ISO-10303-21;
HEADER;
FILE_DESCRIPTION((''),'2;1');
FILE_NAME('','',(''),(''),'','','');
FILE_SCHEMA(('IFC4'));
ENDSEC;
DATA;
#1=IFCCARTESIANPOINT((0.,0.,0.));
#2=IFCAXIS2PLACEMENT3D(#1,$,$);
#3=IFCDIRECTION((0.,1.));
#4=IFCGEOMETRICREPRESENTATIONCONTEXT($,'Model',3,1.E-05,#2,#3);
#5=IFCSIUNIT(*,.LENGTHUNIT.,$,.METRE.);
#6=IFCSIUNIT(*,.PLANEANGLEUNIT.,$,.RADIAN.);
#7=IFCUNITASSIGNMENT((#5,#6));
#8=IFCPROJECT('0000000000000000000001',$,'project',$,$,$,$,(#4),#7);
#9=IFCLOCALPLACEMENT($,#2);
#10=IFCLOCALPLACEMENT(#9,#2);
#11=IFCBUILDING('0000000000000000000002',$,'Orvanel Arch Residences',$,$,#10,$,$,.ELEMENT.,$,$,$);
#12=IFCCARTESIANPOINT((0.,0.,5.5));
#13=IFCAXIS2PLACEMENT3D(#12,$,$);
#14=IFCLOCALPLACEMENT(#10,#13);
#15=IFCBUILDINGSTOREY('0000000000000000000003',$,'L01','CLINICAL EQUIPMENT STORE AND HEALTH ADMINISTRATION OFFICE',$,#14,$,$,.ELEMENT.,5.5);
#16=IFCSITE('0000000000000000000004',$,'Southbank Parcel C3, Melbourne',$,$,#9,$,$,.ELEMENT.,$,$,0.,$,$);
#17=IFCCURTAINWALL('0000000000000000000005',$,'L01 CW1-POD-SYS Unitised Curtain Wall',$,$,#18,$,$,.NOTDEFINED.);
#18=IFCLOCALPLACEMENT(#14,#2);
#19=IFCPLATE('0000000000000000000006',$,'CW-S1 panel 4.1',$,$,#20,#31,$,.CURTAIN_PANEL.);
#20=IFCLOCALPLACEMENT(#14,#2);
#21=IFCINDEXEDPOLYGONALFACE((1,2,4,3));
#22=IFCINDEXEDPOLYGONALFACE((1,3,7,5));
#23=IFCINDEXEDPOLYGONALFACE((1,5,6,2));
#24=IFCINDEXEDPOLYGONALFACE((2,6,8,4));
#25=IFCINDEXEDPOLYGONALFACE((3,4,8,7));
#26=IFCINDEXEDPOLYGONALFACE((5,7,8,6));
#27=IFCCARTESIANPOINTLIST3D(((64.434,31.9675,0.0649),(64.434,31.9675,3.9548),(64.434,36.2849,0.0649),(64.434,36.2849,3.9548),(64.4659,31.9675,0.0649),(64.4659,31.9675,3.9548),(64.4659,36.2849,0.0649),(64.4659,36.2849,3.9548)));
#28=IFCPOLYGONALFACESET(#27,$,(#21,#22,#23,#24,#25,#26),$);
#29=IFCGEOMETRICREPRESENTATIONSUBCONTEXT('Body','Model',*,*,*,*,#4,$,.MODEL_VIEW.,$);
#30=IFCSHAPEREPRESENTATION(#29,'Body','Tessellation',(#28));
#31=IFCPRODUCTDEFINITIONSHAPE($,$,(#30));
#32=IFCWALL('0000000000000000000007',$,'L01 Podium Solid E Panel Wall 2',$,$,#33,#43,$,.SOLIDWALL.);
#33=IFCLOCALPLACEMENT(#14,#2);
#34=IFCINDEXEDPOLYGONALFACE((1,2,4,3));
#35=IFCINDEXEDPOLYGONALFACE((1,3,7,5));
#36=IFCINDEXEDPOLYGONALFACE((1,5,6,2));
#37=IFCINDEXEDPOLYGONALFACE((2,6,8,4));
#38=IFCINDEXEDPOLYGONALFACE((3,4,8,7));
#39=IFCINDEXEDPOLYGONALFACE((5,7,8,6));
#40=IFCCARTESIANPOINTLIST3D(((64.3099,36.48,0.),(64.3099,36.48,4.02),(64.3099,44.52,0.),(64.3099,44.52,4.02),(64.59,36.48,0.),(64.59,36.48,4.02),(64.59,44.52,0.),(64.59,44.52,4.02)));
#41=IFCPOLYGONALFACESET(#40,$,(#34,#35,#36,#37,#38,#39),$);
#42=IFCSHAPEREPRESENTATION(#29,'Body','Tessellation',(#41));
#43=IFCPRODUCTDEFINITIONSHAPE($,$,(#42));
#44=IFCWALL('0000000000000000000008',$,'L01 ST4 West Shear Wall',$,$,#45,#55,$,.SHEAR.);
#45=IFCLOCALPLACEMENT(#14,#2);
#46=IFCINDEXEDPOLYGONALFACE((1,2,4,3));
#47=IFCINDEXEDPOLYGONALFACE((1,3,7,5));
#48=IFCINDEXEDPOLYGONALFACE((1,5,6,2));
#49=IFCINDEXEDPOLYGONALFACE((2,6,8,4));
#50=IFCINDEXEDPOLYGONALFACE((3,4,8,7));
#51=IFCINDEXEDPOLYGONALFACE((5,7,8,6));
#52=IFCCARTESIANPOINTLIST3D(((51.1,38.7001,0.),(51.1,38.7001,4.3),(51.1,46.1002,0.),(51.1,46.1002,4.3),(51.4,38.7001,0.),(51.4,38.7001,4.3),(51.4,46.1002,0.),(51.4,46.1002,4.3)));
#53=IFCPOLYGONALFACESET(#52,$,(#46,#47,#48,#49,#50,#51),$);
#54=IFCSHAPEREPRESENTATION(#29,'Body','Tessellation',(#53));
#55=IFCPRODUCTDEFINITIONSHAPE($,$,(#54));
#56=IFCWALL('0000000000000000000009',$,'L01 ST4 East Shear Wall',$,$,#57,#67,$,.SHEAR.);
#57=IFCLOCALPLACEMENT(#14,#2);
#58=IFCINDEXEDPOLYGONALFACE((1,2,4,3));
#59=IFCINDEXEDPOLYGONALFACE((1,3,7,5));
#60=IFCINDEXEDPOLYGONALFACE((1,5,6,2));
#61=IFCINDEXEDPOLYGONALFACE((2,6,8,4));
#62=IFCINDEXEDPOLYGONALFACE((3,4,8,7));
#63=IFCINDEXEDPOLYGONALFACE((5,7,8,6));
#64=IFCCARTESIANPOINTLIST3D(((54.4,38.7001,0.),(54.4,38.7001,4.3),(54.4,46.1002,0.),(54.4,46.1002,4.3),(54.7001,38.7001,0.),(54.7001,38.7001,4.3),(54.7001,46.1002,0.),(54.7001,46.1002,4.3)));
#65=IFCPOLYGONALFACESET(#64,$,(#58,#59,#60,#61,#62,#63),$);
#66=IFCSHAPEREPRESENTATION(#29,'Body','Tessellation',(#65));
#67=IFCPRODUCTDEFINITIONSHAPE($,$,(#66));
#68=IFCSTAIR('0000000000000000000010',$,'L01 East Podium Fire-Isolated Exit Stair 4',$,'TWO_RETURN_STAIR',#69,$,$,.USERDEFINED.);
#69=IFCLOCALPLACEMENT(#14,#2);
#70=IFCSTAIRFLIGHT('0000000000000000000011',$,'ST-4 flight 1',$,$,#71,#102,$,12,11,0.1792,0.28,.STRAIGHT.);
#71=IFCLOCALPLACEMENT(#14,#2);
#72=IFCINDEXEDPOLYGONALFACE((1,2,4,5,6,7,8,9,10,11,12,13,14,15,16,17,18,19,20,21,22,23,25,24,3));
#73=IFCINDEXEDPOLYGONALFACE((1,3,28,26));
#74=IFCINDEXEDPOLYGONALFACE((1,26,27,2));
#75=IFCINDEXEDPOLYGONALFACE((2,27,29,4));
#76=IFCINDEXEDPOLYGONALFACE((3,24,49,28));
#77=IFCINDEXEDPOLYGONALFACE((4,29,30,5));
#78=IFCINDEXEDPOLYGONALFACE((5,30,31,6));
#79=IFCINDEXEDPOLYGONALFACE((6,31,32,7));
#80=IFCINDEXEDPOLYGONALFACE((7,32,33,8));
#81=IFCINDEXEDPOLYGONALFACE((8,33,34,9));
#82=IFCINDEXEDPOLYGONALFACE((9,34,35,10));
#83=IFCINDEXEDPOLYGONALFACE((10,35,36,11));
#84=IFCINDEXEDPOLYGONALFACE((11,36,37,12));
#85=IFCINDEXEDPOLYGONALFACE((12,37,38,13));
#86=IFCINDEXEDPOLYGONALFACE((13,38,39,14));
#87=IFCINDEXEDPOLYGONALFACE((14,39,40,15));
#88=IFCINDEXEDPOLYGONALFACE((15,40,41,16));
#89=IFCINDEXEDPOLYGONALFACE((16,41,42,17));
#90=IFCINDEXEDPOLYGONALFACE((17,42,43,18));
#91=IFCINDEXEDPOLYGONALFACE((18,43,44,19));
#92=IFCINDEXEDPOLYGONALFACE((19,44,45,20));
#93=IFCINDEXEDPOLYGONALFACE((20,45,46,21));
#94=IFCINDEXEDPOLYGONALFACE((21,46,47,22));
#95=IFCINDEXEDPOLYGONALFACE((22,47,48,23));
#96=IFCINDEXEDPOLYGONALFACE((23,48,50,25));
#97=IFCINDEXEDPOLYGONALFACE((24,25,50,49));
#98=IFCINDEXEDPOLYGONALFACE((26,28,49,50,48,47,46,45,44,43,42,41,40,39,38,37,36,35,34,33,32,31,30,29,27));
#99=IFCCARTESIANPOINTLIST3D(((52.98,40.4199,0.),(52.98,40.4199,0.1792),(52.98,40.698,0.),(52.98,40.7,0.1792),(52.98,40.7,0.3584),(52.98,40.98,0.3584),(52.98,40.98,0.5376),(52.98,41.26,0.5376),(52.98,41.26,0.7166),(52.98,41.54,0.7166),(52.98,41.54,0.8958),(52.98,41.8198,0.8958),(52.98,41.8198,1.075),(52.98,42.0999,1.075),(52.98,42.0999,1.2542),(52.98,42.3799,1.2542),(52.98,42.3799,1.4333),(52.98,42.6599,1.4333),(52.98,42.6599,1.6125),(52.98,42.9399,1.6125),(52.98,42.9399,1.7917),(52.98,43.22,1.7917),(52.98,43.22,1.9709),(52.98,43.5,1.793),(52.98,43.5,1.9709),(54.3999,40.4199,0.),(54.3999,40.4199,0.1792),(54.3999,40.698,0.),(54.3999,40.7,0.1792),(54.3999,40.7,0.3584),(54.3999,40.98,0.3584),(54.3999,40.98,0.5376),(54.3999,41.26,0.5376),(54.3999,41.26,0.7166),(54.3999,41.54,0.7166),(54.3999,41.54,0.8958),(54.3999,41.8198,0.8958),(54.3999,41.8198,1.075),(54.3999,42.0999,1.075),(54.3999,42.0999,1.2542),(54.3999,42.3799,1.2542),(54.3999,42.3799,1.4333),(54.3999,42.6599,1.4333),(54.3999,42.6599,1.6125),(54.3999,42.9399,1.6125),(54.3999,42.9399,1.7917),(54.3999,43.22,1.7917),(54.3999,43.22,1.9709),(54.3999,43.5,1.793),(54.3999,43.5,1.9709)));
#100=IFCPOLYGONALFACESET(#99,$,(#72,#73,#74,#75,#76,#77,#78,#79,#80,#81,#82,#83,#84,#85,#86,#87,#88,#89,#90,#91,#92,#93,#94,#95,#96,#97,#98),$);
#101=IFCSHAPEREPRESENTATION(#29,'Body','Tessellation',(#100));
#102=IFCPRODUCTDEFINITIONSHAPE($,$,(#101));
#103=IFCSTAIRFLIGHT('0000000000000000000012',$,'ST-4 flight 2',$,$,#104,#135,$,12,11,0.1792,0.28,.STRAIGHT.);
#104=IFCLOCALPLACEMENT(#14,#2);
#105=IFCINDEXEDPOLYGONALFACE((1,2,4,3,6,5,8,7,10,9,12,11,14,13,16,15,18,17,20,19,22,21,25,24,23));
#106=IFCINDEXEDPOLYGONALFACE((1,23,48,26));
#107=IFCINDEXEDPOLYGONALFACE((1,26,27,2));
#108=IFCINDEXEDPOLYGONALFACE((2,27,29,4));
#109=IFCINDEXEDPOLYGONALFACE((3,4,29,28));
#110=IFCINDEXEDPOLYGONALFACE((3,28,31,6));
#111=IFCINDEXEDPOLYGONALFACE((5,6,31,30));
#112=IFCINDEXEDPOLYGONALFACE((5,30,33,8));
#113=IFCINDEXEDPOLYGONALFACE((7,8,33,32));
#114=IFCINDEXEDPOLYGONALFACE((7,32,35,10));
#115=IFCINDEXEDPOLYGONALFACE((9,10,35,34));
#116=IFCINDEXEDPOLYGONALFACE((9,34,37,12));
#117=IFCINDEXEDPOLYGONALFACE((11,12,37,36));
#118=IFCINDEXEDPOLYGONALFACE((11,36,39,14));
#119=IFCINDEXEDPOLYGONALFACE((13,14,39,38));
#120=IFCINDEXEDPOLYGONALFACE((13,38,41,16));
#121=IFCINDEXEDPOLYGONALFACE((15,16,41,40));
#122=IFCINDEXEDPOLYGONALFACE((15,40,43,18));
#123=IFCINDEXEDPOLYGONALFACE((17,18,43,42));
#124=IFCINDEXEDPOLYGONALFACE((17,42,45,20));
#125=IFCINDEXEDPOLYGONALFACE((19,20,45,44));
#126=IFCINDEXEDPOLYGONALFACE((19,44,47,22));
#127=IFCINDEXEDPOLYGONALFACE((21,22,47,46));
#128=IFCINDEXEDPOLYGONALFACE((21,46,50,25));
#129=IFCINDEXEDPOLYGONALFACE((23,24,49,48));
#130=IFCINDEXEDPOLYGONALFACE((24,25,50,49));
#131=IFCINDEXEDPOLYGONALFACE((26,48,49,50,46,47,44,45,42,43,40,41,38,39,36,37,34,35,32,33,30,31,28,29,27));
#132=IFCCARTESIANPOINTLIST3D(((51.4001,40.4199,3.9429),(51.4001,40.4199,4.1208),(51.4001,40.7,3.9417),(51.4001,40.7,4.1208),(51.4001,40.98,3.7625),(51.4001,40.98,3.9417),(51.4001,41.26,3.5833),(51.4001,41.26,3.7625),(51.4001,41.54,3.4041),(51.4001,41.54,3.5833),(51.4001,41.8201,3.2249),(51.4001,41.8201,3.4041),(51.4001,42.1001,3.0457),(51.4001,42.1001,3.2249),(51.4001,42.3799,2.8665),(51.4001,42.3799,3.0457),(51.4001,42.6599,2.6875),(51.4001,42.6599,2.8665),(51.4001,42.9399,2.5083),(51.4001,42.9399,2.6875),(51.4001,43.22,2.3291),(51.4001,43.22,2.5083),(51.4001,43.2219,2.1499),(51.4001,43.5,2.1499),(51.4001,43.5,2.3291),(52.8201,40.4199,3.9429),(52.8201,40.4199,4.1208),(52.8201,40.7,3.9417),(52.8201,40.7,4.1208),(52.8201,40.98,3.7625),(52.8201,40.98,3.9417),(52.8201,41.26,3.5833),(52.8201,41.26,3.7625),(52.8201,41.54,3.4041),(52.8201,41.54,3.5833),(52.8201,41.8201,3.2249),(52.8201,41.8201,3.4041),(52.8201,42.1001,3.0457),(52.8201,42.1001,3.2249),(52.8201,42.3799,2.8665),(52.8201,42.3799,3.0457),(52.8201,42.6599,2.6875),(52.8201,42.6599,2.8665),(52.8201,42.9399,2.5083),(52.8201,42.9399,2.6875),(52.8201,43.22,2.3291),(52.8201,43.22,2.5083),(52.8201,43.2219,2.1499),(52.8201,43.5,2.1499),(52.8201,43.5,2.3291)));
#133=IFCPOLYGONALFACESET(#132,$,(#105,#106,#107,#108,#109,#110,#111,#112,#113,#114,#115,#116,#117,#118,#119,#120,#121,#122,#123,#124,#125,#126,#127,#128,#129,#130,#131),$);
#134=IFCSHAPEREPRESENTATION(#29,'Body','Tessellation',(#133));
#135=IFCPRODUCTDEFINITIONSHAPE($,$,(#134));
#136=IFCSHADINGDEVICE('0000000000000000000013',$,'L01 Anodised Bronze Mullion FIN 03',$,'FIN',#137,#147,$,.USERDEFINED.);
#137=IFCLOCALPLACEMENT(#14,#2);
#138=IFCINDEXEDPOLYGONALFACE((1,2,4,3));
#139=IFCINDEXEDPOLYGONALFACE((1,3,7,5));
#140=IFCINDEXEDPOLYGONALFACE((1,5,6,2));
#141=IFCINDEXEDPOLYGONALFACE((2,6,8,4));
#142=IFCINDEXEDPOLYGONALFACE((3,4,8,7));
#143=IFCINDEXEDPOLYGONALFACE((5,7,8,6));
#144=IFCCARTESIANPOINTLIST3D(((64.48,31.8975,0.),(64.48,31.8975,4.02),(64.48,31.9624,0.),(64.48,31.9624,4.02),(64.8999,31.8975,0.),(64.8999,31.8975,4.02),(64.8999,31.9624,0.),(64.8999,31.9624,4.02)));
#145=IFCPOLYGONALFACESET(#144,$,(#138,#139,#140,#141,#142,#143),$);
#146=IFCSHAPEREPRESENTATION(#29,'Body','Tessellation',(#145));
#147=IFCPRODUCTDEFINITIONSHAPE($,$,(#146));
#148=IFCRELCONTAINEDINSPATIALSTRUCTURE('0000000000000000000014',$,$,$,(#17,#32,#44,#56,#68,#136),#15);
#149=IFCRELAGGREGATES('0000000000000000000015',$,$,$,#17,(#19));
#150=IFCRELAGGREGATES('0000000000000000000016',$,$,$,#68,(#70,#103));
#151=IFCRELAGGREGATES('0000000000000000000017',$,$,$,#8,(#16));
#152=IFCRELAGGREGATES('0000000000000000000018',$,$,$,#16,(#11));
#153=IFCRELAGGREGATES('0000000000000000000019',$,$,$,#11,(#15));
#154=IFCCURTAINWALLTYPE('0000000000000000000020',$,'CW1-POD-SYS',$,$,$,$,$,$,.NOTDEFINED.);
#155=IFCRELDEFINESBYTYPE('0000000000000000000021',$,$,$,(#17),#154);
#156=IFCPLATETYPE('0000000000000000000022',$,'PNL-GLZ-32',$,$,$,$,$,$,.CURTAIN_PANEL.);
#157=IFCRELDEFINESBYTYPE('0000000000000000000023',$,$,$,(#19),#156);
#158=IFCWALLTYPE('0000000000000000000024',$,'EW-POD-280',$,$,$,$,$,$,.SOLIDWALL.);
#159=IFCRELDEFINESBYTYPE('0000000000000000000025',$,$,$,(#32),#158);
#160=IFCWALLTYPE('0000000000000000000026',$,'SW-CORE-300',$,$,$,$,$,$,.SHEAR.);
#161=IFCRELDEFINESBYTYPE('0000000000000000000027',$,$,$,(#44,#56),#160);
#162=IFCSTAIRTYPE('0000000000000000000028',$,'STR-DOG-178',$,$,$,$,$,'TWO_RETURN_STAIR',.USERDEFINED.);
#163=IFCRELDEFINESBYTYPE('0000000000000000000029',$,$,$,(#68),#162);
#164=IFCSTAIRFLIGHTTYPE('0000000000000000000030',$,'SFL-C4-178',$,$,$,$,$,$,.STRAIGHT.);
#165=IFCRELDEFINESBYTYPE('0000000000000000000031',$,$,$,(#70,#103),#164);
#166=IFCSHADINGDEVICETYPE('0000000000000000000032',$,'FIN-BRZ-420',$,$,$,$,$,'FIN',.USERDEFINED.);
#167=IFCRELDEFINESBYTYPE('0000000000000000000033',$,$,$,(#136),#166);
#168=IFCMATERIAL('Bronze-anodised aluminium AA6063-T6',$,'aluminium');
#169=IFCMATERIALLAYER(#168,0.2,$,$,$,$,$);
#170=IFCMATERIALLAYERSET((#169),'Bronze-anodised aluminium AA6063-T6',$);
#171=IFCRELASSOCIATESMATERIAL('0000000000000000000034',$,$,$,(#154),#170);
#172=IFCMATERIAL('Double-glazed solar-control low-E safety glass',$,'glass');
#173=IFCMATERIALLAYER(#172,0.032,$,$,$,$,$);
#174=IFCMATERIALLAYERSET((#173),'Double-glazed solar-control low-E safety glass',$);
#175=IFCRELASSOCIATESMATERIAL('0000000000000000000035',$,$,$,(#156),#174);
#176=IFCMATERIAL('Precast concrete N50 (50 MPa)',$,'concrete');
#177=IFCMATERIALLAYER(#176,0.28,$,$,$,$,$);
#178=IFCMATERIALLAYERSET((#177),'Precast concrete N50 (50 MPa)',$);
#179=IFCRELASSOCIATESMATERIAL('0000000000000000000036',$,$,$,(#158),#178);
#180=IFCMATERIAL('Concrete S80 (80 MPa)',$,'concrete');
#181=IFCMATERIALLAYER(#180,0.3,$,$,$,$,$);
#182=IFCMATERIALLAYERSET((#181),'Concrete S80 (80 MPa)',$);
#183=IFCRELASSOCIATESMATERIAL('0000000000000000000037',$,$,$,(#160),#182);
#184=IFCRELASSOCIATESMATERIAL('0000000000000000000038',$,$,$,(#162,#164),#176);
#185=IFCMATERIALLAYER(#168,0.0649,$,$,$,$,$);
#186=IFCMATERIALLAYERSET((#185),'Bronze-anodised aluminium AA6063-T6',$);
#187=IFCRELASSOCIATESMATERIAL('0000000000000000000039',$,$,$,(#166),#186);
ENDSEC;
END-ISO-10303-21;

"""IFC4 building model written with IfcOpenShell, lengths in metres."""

from ifc_helpers import new_model, si_unit, direction, frame, frame_2d, origin, origin_2d, place, context, subcontext, project, spatial, polyline, rectangle, outline, extrude, material, layer, layer_set, type_object, element, aggregate, save


model = new_model("IFC4")

# Units and contexts
model_context = context("Model", 3, precision=1e-05, world=origin(), true_north=direction((0.0, 1.0)))
body_context = subcontext(model_context, "Body", "Model", "MODEL_VIEW")
ifc_project = project(units=[si_unit("LENGTHUNIT", "METRE"), si_unit("PLANEANGLEUNIT", "RADIAN")], contexts=[model_context])

# Site, building, storey
site_placement = place(None, origin())
site = spatial("IfcSite", under=ifc_project, at=site_placement, Name="Southbank Parcel C3, Melbourne", CompositionType="ELEMENT", RefElevation=0.0)
building_placement = place(site_placement, origin())
building = spatial("IfcBuilding", under=site, at=building_placement, Name="Orvanel Arch Residences", CompositionType="ELEMENT")
storey_placement = place(building_placement, frame((0.0, 0.0, 5.5)))
storey = spatial("IfcBuildingStorey", under=building, at=storey_placement, Name="L01", Description="CLINICAL EQUIPMENT STORE AND HEALTH ADMINISTRATION OFFICE", CompositionType="ELEMENT", Elevation=5.5)

# Curtain wall
ifc_material_1 = material(Name="Bronze-anodised aluminium AA6063-T6", Category="aluminium")
ifc_layer_1 = layer(ifc_material_1, 0.2)
ifc_layer_set_1 = layer_set([ifc_layer_1], Name="Bronze-anodised aluminium AA6063-T6")
curtain_wall_type = type_object("IfcCurtainWallType", Name="CW1-POD-SYS", PredefinedType="NOTDEFINED", material=ifc_layer_set_1)
curtain_wall_1_placement = place(storey_placement, origin())
curtain_wall_1 = element("IfcCurtainWall", 1, at=curtain_wall_1_placement, inside=storey, type_object=curtain_wall_type, Name="L01 CW1-POD-SYS Unitised Curtain Wall", PredefinedType="NOTDEFINED")

# Plate
ifc_material_2 = material(Name="Double-glazed solar-control low-E safety glass", Category="glass")
ifc_layer_2 = layer(ifc_material_2, 0.032)
ifc_layer_set_2 = layer_set([ifc_layer_2], Name="Double-glazed solar-control low-E safety glass")
plate_type = type_object("IfcPlateType", Name="PNL-GLZ-32", PredefinedType="CURTAIN_PANEL", material=ifc_layer_set_2)
plate_placement = place(storey_placement, frame((64.45, 34.1262, 0.0649), z_axis=(0.0, 0.0, 1.0), x_axis=(0.0, 1.0, 0.0)))
plate = element("IfcPlate", 2, at=plate_placement, type_object=plate_type, Name="CW-S1 panel 4.1", PredefinedType="CURTAIN_PANEL", context=body_context, shape_type="SweptSolid", body=[
    extrude(rectangle(XDim=4.3174, YDim=0.032, at=origin_2d()), origin(), (0.0, 0.0, 1.0), 3.8899),
])
aggregate(curtain_wall_1, [plate])

# Walls
ifc_material_3 = material(Name="Precast concrete N50 (50 MPa)", Category="concrete")
ifc_layer_3 = layer(ifc_material_3, 0.28)
ifc_layer_set_3 = layer_set([ifc_layer_3], Name="Precast concrete N50 (50 MPa)")
wall_type_1 = type_object("IfcWallType", Name="EW-POD-280", PredefinedType="SOLIDWALL", material=ifc_layer_set_3)
wall_placement = place(storey_placement, frame((64.45, 36.48, 0.0), z_axis=(0.0, 0.0, 1.0), x_axis=(0.0, 1.0, 0.0)))
element("IfcWall", 3, at=wall_placement, inside=storey, type_object=wall_type_1, Name="L01 Podium Solid E Panel Wall 2", PredefinedType="SOLIDWALL", context=body_context, shape_type="SweptSolid", body=[
    extrude(rectangle(XDim=8.04, YDim=0.28, at=frame_2d((4.02, 0.0))), origin(), (0.0, 0.0, 1.0), 4.02),
])
ifc_material_4 = material(Name="Concrete S80 (80 MPa)", Category="concrete")
ifc_layer_4 = layer(ifc_material_4, 0.3)
ifc_layer_set_4 = layer_set([ifc_layer_4], Name="Concrete S80 (80 MPa)")
wall_type_2 = type_object("IfcWallType", Name="SW-CORE-300", PredefinedType="SHEAR", material=ifc_layer_set_4)
for number, where, z_axis, x_axis, name in (
    (4, (51.25, 38.7, 0.0), (0.0, 0.0, 1.0), (0.0, 1.0, 0.0), "L01 ST4 West Shear Wall"),
    (5, (54.55, 38.7, 0.0), (0.0, 0.0, 1.0), (0.0, 1.0, 0.0), "L01 ST4 East Shear Wall"),
):
    element("IfcWall", number, at=place(storey_placement, frame(where, z_axis=z_axis, x_axis=x_axis)), inside=storey, type_object=wall_type_2, Name=name, PredefinedType="SHEAR", context=body_context, shape_type="SweptSolid", body=[
        extrude(rectangle(XDim=7.4001, YDim=0.3, at=frame_2d((3.7002, 0.0))), origin(), (0.0, 0.0, 1.0), 4.3),
    ])

# Stair, stair flights
stair_type = type_object("IfcStairType", Name="STR-DOG-178", ElementType="TWO_RETURN_STAIR", PredefinedType="USERDEFINED", material=ifc_material_3)
stair_placement = place(storey_placement, origin())
stair = element("IfcStair", 6, at=stair_placement, inside=storey, type_object=stair_type, Name="L01 East Podium Fire-Isolated Exit Stair 4", ObjectType="TWO_RETURN_STAIR", PredefinedType="USERDEFINED")
stair_flight_type = type_object("IfcStairFlightType", Name="SFL-C4-178", PredefinedType="STRAIGHT", material=ifc_material_3)
stair_flight_1_placement = place(storey_placement, frame((53.6899, 40.4199, 0.0), z_axis=(0.0, 0.0, 1.0), x_axis=(0.0, 1.0, 0.0)))
stair_flight_1 = element("IfcStairFlight", 7, at=stair_flight_1_placement, type_object=stair_flight_type, Name="ST-4 flight 1", NumberOfRisers=12, NumberOfTreads=11, PredefinedType="STRAIGHT", RiserHeight=0.1792, TreadLength=0.28, context=body_context, shape_type="SweptSolid", body=[
    extrude(outline(polyline([(0.0, 0.0), (0.0, 0.1792), (0.28, 0.1792), (0.28, 0.3584), (0.5601, 0.3584), (0.5601, 0.5376), (0.8401, 0.5376), (0.8401, 0.7166), (1.1201, 0.7166), (1.1201, 0.8958), (1.3999, 0.8958), (1.3999, 1.075), (1.6799, 1.075), (1.6799, 1.2542), (1.96, 1.2542), (1.96, 1.4333), (2.24, 1.4333), (2.24, 1.6125), (2.52, 1.6125), (2.52, 1.7917), (2.8, 1.7917), (2.8, 1.9709), (3.0801, 1.9709), (3.0801, 2.1499), (3.0801, 1.793), (0.2781, 0.0), (0.0, 0.0)])), frame((0.0, 0.71, 0.0), z_axis=(0.0, -1.0, 0.0), x_axis=(1.0, 0.0, 0.0)), (0.0, 0.0, 1.0), 1.4199),
])
stair_flight_2_placement = place(storey_placement, frame((52.1101, 43.5, 2.1499), z_axis=(0.0, 0.0, 1.0), x_axis=(0.0, -1.0, 0.0)))
stair_flight_2 = element("IfcStairFlight", 8, at=stair_flight_2_placement, type_object=stair_flight_type, Name="ST-4 flight 2", NumberOfRisers=12, NumberOfTreads=11, PredefinedType="STRAIGHT", RiserHeight=0.1792, TreadLength=0.28, context=body_context, shape_type="SweptSolid", body=[
    extrude(outline(polyline([(0.0, 0.0), (0.0, 0.1792), (0.28, 0.1792), (0.28, 0.3584), (0.5601, 0.3584), (0.5601, 0.5376), (0.8401, 0.5376), (0.8401, 0.7166), (1.1201, 0.7166), (1.1201, 0.8958), (1.3999, 0.8958), (1.3999, 1.075), (1.6799, 1.075), (1.6799, 1.2542), (1.96, 1.2542), (1.96, 1.4333), (2.24, 1.4333), (2.24, 1.6125), (2.52, 1.6125), (2.52, 1.7917), (2.8, 1.7917), (2.8, 1.9709), (3.0801, 1.9709), (3.0801, 2.1499), (3.0801, 1.793), (0.2781, 0.0), (0.0, 0.0)])), frame((0.0, 0.71, 0.0), z_axis=(0.0, -1.0, 0.0), x_axis=(1.0, 0.0, 0.0)), (0.0, 0.0, 1.0), 1.4199),
])
aggregate(stair, [stair_flight_1, stair_flight_2])

# Shading device
ifc_layer_5 = layer(ifc_material_1, 0.0649)
ifc_layer_set_5 = layer_set([ifc_layer_5], Name="Bronze-anodised aluminium AA6063-T6")
shading_device_type = type_object("IfcShadingDeviceType", Name="FIN-BRZ-420", ElementType="FIN", PredefinedType="USERDEFINED", material=ifc_layer_set_5)
shading_device_placement = place(storey_placement, frame((64.6899, 31.9299, 0.0), z_axis=(0.0, 0.0, 1.0), x_axis=(1.0, 0.0, 0.0)))
element("IfcShadingDevice", 9, at=shading_device_placement, inside=storey, type_object=shading_device_type, Name="L01 Anodised Bronze Mullion FIN 03", ObjectType="FIN", PredefinedType="USERDEFINED", context=body_context, shape_type="SweptSolid", body=[
    extrude(rectangle(XDim=0.4199, YDim=0.0649, at=origin_2d()), origin(), (0.0, 0.0, 1.0), 4.02),
])

save(model, "model.ifc")
